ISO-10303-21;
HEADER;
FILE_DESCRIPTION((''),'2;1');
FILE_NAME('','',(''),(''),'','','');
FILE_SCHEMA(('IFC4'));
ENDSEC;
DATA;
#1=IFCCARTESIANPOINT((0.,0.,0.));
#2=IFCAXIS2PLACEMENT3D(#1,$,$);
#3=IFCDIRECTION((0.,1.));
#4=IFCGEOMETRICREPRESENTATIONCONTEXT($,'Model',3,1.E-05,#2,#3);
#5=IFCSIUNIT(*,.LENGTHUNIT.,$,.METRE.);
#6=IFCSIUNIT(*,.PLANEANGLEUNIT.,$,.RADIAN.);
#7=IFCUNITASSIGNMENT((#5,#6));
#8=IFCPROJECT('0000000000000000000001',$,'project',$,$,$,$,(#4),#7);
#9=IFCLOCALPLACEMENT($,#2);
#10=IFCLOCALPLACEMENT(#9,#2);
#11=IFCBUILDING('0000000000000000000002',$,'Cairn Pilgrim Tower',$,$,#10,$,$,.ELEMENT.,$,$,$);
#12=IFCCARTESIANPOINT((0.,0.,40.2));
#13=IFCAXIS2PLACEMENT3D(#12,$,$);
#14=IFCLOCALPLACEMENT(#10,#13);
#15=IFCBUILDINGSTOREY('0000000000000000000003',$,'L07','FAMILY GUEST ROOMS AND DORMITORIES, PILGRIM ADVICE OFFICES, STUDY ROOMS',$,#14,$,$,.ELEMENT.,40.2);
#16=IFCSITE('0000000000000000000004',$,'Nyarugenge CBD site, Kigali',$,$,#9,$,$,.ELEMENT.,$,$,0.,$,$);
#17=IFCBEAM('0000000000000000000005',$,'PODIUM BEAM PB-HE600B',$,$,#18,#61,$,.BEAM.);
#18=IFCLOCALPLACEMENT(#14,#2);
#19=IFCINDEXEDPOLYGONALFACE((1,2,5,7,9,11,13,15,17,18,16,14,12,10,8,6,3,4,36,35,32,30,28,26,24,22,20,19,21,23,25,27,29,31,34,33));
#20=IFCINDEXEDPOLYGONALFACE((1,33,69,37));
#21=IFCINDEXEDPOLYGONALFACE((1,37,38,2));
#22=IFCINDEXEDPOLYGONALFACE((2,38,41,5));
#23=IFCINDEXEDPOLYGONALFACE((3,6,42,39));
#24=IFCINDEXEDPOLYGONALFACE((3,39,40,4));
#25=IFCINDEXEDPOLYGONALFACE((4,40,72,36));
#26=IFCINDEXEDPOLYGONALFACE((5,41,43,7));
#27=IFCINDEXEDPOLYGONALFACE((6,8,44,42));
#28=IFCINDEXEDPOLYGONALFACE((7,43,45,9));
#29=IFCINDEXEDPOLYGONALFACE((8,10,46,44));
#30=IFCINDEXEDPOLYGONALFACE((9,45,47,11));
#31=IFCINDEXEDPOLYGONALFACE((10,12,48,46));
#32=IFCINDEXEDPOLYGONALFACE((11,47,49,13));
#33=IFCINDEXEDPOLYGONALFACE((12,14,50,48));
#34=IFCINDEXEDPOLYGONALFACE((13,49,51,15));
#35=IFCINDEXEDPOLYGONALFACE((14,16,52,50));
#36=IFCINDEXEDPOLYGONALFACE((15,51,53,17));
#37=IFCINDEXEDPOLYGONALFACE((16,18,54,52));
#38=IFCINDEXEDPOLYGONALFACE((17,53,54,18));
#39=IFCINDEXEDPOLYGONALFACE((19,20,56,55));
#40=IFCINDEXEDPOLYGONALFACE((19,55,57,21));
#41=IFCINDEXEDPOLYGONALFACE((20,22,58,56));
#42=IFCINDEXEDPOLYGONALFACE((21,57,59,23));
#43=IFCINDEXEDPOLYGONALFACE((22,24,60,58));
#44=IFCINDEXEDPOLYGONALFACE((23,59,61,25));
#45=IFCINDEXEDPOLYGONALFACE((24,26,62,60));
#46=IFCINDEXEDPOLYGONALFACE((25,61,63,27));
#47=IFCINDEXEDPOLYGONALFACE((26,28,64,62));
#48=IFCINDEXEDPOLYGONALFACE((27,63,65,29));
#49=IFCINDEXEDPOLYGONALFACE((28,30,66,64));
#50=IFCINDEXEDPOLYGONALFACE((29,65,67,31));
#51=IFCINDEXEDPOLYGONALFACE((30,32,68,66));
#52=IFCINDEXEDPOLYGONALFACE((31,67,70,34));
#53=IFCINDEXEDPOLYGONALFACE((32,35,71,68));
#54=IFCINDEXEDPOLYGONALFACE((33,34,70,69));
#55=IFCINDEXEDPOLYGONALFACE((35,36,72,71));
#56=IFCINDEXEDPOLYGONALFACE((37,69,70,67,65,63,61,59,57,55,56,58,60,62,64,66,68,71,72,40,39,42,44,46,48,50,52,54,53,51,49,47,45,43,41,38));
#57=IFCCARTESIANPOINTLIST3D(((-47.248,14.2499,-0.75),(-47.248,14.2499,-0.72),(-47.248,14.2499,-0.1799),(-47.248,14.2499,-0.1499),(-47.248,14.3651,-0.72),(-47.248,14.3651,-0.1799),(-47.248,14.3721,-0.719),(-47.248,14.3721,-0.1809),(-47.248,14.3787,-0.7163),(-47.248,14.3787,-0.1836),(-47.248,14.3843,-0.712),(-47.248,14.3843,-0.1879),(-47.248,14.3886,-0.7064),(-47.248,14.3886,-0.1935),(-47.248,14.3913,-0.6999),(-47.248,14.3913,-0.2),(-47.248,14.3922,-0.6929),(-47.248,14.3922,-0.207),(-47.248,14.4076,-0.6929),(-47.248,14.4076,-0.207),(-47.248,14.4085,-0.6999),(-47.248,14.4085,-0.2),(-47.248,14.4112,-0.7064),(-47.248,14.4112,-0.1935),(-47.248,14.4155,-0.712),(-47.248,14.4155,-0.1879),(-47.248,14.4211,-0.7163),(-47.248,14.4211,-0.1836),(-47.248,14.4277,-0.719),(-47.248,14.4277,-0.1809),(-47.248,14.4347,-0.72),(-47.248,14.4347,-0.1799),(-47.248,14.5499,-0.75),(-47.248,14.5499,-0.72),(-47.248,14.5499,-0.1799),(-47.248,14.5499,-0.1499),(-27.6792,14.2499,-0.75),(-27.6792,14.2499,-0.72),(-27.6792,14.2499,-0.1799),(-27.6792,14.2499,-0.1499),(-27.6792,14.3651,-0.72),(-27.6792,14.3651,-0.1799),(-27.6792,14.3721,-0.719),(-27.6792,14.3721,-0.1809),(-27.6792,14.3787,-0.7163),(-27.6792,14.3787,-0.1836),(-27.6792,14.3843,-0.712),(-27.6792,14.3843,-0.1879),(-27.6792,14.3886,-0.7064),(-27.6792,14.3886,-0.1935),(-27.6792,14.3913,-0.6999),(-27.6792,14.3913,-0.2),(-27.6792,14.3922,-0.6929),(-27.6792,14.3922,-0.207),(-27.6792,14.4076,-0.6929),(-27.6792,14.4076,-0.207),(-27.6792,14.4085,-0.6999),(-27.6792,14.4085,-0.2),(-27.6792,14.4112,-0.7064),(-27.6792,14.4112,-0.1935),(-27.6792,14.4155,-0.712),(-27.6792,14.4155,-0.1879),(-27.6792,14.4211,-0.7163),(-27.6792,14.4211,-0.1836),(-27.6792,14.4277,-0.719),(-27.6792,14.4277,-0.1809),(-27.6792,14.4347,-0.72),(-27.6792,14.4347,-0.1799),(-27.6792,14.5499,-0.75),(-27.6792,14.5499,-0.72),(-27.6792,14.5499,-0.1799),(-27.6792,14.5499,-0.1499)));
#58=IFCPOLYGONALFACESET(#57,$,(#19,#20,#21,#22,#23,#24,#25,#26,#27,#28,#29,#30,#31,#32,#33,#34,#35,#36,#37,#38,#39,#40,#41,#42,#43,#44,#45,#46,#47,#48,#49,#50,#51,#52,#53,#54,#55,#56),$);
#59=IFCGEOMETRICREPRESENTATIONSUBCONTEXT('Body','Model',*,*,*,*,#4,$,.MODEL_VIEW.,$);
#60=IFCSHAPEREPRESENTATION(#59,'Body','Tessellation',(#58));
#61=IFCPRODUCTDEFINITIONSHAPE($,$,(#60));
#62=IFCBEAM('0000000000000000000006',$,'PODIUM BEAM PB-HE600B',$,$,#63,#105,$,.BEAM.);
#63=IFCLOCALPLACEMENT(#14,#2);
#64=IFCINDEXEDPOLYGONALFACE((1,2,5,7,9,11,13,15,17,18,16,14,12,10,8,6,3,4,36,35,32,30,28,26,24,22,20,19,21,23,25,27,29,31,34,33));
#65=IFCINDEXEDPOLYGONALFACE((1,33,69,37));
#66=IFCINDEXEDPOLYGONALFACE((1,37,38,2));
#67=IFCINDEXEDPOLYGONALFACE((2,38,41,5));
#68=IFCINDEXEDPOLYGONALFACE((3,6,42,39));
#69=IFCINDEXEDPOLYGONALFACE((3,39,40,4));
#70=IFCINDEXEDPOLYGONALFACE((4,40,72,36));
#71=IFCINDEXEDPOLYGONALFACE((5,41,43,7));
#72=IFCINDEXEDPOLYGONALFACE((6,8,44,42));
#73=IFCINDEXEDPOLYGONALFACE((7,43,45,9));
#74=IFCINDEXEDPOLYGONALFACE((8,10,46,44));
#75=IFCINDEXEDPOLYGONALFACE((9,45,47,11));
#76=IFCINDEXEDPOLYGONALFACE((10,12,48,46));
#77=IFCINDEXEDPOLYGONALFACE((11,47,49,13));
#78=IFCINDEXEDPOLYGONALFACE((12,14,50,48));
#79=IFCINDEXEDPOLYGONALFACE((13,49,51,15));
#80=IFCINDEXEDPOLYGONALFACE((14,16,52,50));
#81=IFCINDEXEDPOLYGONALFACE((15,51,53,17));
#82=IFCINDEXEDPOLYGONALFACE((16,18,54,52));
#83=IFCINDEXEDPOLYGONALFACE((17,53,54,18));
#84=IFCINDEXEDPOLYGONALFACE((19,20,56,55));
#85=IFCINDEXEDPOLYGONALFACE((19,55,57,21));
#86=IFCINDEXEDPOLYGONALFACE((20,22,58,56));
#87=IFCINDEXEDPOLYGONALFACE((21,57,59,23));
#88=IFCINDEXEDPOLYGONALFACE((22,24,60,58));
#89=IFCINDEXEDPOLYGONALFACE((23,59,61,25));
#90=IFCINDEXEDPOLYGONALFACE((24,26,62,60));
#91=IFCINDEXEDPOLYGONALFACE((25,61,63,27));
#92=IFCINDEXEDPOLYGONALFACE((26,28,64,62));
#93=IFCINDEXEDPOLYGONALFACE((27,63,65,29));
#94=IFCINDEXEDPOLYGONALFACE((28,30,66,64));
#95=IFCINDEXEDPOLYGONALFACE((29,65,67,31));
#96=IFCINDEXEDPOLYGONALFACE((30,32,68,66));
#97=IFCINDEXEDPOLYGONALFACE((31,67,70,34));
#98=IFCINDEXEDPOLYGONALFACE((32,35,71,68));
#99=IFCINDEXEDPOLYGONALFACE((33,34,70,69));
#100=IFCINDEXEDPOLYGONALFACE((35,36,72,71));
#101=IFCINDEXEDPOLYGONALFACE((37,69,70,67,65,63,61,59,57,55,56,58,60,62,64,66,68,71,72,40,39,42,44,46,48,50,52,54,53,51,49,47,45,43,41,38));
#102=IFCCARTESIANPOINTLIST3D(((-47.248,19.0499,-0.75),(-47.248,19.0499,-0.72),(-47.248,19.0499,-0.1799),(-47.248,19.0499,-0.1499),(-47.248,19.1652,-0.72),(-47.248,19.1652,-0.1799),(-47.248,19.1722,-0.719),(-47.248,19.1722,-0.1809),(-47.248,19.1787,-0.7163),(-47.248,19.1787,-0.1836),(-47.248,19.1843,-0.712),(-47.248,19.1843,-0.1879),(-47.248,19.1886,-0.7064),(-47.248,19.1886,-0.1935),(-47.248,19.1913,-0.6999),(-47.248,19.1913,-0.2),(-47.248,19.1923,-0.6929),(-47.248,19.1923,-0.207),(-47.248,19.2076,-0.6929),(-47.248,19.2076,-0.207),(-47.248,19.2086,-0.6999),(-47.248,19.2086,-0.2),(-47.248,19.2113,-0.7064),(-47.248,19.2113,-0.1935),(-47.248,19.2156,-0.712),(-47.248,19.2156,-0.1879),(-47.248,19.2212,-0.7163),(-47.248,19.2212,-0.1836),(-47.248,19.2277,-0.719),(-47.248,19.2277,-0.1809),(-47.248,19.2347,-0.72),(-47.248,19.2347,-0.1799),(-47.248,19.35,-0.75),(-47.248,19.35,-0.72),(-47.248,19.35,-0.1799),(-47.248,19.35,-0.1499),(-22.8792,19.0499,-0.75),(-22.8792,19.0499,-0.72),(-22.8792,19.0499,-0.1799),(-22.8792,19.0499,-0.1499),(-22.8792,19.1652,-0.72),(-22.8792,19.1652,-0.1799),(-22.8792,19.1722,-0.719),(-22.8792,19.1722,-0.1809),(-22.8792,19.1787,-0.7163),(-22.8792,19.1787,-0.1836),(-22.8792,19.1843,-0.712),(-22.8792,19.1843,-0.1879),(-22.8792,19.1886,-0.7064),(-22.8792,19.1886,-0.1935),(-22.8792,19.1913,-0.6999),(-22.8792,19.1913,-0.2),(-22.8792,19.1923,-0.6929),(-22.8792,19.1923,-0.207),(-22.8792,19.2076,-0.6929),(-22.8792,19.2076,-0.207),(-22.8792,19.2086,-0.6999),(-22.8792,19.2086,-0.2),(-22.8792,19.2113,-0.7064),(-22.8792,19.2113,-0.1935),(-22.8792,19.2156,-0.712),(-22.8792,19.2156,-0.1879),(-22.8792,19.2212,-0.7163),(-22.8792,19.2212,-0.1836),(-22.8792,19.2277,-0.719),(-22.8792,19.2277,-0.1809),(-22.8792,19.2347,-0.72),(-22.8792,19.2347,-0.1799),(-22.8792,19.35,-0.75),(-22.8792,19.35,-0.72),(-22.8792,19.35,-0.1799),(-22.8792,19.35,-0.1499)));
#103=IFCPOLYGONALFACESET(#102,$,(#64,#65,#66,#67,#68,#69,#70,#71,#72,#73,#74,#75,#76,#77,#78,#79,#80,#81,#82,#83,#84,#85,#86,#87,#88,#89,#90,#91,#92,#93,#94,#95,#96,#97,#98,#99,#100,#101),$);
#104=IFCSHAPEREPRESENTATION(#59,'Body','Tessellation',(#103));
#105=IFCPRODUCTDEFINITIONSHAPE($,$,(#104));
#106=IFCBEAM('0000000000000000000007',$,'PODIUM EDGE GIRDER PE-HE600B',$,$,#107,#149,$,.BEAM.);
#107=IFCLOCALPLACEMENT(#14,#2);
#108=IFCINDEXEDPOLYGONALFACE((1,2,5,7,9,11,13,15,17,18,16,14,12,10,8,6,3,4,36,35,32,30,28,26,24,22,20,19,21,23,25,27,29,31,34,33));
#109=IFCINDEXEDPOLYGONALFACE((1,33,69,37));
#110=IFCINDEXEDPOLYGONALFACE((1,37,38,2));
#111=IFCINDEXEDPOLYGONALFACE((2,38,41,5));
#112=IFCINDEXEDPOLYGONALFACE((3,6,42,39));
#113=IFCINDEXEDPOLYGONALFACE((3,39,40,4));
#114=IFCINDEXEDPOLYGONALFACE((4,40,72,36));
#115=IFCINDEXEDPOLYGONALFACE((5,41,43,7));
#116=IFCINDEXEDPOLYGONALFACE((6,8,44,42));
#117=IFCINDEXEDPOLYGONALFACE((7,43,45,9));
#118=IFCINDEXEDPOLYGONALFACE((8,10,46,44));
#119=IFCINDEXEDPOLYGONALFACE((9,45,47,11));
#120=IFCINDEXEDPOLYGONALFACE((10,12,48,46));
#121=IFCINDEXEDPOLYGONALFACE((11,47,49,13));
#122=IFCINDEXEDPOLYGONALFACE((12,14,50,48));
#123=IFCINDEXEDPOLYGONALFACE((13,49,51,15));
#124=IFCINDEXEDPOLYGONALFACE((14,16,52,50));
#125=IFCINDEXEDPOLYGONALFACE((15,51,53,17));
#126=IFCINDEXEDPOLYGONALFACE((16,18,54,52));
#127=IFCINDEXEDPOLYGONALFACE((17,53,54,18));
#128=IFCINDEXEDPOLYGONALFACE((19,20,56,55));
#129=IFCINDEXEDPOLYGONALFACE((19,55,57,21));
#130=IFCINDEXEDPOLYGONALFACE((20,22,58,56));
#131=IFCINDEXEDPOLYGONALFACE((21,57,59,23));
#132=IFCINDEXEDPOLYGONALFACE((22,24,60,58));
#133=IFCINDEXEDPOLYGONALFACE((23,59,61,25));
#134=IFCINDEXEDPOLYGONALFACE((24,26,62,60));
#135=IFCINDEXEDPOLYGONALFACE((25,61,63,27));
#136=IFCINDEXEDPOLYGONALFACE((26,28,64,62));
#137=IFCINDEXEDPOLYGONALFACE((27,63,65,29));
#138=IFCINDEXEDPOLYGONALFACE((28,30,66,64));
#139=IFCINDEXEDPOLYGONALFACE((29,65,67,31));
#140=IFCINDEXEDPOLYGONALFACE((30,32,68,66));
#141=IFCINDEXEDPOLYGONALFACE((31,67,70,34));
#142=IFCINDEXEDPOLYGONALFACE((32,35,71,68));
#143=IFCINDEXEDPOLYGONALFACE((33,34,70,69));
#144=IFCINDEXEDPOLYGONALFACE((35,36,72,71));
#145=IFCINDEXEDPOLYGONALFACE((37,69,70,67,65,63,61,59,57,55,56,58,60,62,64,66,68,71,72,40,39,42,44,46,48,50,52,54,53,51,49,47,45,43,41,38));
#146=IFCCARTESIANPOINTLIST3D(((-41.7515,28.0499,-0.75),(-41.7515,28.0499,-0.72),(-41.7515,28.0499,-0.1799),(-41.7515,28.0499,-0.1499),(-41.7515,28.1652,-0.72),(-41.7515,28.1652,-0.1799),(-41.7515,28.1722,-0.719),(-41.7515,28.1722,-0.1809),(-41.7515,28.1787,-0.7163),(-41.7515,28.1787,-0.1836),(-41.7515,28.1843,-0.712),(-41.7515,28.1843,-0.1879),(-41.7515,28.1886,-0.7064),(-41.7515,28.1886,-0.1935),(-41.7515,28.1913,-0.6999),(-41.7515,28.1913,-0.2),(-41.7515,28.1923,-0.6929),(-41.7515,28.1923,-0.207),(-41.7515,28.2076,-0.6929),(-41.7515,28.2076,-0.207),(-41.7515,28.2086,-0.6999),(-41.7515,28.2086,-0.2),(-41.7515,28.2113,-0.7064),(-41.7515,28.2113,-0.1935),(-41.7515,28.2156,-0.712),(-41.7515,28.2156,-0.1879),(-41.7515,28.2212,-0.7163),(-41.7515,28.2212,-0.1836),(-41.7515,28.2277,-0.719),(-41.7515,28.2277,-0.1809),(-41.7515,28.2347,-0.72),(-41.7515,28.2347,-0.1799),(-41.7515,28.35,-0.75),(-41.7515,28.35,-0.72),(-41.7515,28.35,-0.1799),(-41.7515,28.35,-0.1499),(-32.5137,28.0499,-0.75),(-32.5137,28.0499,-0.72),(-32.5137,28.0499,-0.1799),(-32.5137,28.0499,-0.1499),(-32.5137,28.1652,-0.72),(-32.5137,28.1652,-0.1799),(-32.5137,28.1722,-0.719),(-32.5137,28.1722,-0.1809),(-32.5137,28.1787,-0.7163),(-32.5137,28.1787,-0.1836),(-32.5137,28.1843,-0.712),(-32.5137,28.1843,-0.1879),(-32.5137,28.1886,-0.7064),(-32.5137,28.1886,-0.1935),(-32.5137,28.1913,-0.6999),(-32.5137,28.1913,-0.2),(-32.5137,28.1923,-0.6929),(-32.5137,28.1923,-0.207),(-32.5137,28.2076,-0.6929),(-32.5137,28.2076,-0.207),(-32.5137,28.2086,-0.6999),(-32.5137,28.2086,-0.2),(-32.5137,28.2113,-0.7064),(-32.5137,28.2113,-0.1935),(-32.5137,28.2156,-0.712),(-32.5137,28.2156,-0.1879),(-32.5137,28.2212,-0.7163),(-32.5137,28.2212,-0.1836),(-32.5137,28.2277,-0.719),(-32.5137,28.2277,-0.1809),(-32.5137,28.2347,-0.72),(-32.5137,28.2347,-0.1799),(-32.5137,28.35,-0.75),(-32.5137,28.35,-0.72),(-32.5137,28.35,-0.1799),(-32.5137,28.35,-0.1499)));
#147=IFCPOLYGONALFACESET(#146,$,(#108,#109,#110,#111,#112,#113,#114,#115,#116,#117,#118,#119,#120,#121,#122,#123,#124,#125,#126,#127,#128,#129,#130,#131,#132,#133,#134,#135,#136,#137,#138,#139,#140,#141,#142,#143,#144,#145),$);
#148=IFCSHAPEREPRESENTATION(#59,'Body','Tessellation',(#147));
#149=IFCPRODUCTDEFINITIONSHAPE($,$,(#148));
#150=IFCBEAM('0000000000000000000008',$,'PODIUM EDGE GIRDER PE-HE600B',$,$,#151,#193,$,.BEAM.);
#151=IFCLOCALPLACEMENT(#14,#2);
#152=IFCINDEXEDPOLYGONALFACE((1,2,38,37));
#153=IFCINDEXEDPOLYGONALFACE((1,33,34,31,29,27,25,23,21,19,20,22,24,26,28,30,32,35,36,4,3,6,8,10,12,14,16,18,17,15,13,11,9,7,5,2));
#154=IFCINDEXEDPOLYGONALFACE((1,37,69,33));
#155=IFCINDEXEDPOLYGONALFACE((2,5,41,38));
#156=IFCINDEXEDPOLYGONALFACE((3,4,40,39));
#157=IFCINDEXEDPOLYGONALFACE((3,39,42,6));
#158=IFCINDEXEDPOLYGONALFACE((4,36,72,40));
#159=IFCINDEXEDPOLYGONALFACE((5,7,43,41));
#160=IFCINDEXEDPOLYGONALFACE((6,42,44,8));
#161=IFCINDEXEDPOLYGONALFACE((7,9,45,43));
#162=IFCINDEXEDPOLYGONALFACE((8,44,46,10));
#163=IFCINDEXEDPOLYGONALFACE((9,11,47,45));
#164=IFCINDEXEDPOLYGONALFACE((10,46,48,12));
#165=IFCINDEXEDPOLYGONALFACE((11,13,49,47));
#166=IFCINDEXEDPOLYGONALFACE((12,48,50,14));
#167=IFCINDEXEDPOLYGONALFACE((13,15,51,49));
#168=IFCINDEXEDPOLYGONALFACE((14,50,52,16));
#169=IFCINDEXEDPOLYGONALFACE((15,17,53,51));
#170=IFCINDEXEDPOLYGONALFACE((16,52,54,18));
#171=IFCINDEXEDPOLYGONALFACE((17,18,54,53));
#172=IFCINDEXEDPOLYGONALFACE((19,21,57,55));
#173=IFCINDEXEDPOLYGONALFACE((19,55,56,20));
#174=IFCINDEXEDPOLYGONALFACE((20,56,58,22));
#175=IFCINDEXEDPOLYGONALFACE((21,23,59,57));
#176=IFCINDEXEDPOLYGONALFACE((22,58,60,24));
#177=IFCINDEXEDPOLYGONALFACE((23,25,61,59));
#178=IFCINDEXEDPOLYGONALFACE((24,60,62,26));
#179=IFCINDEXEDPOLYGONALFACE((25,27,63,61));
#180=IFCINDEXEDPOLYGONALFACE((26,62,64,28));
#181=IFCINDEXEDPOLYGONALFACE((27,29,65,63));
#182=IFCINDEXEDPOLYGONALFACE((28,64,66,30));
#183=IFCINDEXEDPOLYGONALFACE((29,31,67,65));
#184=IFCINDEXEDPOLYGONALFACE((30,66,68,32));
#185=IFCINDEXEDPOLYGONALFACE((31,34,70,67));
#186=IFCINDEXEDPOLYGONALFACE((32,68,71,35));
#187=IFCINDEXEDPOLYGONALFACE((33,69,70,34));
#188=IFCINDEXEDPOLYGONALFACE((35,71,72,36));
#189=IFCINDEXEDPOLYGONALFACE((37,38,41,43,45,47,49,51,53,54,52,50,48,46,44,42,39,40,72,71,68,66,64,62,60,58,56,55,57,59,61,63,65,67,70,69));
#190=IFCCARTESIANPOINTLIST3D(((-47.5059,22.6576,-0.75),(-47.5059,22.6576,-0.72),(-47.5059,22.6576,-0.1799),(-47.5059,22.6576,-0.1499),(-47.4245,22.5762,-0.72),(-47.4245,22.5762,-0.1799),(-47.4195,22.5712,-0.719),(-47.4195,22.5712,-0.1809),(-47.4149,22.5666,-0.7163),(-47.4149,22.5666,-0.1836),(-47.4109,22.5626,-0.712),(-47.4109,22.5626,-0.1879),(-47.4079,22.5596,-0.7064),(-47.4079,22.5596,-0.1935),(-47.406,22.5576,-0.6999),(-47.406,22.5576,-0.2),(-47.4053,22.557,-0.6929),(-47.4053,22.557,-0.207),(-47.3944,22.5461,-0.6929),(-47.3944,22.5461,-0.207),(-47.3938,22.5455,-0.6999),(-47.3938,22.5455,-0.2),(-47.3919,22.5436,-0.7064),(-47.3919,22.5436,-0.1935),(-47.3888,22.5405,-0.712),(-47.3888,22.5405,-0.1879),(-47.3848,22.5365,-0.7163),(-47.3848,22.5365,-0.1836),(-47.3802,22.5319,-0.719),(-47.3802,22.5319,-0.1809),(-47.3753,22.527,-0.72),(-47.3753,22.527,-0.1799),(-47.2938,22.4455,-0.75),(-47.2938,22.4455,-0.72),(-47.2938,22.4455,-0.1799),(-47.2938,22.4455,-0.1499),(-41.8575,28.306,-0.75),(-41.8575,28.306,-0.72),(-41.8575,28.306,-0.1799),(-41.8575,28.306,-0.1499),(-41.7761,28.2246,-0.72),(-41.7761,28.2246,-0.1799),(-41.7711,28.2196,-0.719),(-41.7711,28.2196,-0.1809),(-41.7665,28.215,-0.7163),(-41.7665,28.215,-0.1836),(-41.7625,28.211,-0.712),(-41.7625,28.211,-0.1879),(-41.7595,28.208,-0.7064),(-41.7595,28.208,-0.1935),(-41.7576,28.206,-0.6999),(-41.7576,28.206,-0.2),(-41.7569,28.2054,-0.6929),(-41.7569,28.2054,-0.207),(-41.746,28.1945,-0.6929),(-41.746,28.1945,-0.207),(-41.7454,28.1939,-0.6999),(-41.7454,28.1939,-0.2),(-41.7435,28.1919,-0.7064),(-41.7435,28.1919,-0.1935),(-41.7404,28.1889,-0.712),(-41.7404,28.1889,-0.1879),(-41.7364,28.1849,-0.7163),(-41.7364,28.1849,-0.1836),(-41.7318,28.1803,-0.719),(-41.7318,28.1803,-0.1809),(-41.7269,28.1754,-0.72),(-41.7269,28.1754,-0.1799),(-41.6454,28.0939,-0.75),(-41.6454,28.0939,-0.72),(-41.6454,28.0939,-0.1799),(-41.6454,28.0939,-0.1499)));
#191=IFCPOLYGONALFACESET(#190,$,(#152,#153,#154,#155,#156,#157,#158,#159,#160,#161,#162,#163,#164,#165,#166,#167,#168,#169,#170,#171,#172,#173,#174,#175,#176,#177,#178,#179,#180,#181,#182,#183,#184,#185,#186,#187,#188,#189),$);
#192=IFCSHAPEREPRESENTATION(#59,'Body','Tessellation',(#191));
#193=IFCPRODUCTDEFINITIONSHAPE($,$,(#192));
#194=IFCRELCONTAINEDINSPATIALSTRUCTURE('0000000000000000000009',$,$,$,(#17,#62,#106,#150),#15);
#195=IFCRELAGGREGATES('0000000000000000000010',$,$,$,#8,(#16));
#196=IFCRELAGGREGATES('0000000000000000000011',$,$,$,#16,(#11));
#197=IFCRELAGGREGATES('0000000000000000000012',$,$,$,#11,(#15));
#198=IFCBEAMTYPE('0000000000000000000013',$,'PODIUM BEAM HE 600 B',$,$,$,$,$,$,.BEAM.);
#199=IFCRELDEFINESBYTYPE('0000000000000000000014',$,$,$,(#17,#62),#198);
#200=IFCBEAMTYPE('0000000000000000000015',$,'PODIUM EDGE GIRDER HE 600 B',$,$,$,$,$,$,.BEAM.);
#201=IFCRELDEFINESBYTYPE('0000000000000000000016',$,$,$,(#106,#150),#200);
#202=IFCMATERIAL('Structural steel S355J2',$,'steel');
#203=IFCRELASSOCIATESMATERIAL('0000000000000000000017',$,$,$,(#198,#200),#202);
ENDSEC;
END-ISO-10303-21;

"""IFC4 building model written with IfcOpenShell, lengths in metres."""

from ifc_helpers import new_model, si_unit, direction, frame, origin, origin_2d, place, context, subcontext, project, spatial, i_section, extrude, material, material_profile, profile_set, type_object, element, save


model = new_model("IFC4")

# Units and contexts
model_context = context("Model", 3, precision=1e-05, world=origin(), true_north=direction((0.0, 1.0)))
body_context = subcontext(model_context, "Body", "Model", "MODEL_VIEW")
ifc_project = project(units=[si_unit("LENGTHUNIT", "METRE"), si_unit("PLANEANGLEUNIT", "RADIAN")], contexts=[model_context])

# Site, building, storey
site_placement = place(None, origin())
site = spatial("IfcSite", under=ifc_project, at=site_placement, Name="Nyarugenge CBD site, Kigali", CompositionType="ELEMENT", RefElevation=0.0)
building_placement = place(site_placement, origin())
building = spatial("IfcBuilding", under=site, at=building_placement, Name="Cairn Pilgrim Tower", CompositionType="ELEMENT")
storey_placement = place(building_placement, frame((0.0, 0.0, 40.2)))
storey = spatial("IfcBuildingStorey", under=building, at=storey_placement, Name="L07", Description="FAMILY GUEST ROOMS AND DORMITORIES, PILGRIM ADVICE OFFICES, STUDY ROOMS", CompositionType="ELEMENT", Elevation=40.2)

# Beams
ifc_material_1 = material(Name="Structural steel S355J2", Category="steel")
ifc_material_profile_1 = material_profile(ifc_material_1, i_section(OverallWidth=0.3, OverallDepth=0.6001, WebThickness=0.0154, FlangeThickness=0.03, FilletRadius=0.0271, at=origin_2d()), Name="HEB 600")
ifc_profile_set_1 = profile_set([ifc_material_profile_1], Name="Structural steel S355J2")
beam_type_1 = type_object("IfcBeamType", Name="PODIUM BEAM HE 600 B", PredefinedType="BEAM", material=ifc_profile_set_1)
beam_1_placement = place(storey_placement, frame((-47.248, 14.3999, -0.45), z_axis=(1.0, 0.0, 0.0), x_axis=(0.0, 1.0, 0.0)))
element("IfcBeam", 1, at=beam_1_placement, inside=storey, type_object=beam_type_1, Name="PODIUM BEAM PB-HE600B", PredefinedType="BEAM", context=body_context, shape_type="SweptSolid", body=[
    extrude(i_section(OverallWidth=0.3, OverallDepth=0.6001, WebThickness=0.0154, FlangeThickness=0.03, FilletRadius=0.0271, at=origin_2d()), origin(), (0.0, 0.0, 1.0), 19.5688),
])
beam_2_placement = place(storey_placement, frame((-47.248, 19.2, -0.45), z_axis=(1.0, 0.0, 0.0), x_axis=(0.0, 1.0, 0.0)))
element("IfcBeam", 2, at=beam_2_placement, inside=storey, type_object=beam_type_1, Name="PODIUM BEAM PB-HE600B", PredefinedType="BEAM", context=body_context, shape_type="SweptSolid", body=[
    extrude(i_section(OverallWidth=0.3, OverallDepth=0.6001, WebThickness=0.0154, FlangeThickness=0.03, FilletRadius=0.0271, at=origin_2d()), origin(), (0.0, 0.0, 1.0), 24.3689),
])
ifc_material_profile_2 = material_profile(ifc_material_1, i_section(OverallWidth=0.3, OverallDepth=0.6001, WebThickness=0.0154, FlangeThickness=0.03, FilletRadius=0.0271, at=origin_2d()), Name="HEB 600")
ifc_profile_set_2 = profile_set([ifc_material_profile_2], Name="Structural steel S355J2")
beam_type_2 = type_object("IfcBeamType", Name="PODIUM EDGE GIRDER HE 600 B", PredefinedType="BEAM", material=ifc_profile_set_2)
beam_3_placement = place(storey_placement, frame((-32.5137, 28.2, -0.45), z_axis=(-1.0, 0.0, 0.0), x_axis=(0.0, -1.0, 0.0)))
element("IfcBeam", 3, at=beam_3_placement, inside=storey, type_object=beam_type_2, Name="PODIUM EDGE GIRDER PE-HE600B", PredefinedType="BEAM", context=body_context, shape_type="SweptSolid", body=[
    extrude(i_section(OverallWidth=0.3, OverallDepth=0.6001, WebThickness=0.0154, FlangeThickness=0.03, FilletRadius=0.0271, at=origin_2d()), origin(), (0.0, 0.0, 1.0), 9.2378),
])
beam_4_placement = place(storey_placement, frame((-41.7515, 28.2, -0.45), z_axis=(-0.707107, -0.707107, 0.0), x_axis=(0.707107, -0.707107, 0.0)))
element("IfcBeam", 4, at=beam_4_placement, inside=storey, type_object=beam_type_2, Name="PODIUM EDGE GIRDER PE-HE600B", PredefinedType="BEAM", context=body_context, shape_type="SweptSolid", body=[
    extrude(i_section(OverallWidth=0.3, OverallDepth=0.6001, WebThickness=0.0154, FlangeThickness=0.03, FilletRadius=0.0271, at=origin_2d()), origin(), (0.0, 0.0, 1.0), 7.988),
])

save(model, "model.ifc")
